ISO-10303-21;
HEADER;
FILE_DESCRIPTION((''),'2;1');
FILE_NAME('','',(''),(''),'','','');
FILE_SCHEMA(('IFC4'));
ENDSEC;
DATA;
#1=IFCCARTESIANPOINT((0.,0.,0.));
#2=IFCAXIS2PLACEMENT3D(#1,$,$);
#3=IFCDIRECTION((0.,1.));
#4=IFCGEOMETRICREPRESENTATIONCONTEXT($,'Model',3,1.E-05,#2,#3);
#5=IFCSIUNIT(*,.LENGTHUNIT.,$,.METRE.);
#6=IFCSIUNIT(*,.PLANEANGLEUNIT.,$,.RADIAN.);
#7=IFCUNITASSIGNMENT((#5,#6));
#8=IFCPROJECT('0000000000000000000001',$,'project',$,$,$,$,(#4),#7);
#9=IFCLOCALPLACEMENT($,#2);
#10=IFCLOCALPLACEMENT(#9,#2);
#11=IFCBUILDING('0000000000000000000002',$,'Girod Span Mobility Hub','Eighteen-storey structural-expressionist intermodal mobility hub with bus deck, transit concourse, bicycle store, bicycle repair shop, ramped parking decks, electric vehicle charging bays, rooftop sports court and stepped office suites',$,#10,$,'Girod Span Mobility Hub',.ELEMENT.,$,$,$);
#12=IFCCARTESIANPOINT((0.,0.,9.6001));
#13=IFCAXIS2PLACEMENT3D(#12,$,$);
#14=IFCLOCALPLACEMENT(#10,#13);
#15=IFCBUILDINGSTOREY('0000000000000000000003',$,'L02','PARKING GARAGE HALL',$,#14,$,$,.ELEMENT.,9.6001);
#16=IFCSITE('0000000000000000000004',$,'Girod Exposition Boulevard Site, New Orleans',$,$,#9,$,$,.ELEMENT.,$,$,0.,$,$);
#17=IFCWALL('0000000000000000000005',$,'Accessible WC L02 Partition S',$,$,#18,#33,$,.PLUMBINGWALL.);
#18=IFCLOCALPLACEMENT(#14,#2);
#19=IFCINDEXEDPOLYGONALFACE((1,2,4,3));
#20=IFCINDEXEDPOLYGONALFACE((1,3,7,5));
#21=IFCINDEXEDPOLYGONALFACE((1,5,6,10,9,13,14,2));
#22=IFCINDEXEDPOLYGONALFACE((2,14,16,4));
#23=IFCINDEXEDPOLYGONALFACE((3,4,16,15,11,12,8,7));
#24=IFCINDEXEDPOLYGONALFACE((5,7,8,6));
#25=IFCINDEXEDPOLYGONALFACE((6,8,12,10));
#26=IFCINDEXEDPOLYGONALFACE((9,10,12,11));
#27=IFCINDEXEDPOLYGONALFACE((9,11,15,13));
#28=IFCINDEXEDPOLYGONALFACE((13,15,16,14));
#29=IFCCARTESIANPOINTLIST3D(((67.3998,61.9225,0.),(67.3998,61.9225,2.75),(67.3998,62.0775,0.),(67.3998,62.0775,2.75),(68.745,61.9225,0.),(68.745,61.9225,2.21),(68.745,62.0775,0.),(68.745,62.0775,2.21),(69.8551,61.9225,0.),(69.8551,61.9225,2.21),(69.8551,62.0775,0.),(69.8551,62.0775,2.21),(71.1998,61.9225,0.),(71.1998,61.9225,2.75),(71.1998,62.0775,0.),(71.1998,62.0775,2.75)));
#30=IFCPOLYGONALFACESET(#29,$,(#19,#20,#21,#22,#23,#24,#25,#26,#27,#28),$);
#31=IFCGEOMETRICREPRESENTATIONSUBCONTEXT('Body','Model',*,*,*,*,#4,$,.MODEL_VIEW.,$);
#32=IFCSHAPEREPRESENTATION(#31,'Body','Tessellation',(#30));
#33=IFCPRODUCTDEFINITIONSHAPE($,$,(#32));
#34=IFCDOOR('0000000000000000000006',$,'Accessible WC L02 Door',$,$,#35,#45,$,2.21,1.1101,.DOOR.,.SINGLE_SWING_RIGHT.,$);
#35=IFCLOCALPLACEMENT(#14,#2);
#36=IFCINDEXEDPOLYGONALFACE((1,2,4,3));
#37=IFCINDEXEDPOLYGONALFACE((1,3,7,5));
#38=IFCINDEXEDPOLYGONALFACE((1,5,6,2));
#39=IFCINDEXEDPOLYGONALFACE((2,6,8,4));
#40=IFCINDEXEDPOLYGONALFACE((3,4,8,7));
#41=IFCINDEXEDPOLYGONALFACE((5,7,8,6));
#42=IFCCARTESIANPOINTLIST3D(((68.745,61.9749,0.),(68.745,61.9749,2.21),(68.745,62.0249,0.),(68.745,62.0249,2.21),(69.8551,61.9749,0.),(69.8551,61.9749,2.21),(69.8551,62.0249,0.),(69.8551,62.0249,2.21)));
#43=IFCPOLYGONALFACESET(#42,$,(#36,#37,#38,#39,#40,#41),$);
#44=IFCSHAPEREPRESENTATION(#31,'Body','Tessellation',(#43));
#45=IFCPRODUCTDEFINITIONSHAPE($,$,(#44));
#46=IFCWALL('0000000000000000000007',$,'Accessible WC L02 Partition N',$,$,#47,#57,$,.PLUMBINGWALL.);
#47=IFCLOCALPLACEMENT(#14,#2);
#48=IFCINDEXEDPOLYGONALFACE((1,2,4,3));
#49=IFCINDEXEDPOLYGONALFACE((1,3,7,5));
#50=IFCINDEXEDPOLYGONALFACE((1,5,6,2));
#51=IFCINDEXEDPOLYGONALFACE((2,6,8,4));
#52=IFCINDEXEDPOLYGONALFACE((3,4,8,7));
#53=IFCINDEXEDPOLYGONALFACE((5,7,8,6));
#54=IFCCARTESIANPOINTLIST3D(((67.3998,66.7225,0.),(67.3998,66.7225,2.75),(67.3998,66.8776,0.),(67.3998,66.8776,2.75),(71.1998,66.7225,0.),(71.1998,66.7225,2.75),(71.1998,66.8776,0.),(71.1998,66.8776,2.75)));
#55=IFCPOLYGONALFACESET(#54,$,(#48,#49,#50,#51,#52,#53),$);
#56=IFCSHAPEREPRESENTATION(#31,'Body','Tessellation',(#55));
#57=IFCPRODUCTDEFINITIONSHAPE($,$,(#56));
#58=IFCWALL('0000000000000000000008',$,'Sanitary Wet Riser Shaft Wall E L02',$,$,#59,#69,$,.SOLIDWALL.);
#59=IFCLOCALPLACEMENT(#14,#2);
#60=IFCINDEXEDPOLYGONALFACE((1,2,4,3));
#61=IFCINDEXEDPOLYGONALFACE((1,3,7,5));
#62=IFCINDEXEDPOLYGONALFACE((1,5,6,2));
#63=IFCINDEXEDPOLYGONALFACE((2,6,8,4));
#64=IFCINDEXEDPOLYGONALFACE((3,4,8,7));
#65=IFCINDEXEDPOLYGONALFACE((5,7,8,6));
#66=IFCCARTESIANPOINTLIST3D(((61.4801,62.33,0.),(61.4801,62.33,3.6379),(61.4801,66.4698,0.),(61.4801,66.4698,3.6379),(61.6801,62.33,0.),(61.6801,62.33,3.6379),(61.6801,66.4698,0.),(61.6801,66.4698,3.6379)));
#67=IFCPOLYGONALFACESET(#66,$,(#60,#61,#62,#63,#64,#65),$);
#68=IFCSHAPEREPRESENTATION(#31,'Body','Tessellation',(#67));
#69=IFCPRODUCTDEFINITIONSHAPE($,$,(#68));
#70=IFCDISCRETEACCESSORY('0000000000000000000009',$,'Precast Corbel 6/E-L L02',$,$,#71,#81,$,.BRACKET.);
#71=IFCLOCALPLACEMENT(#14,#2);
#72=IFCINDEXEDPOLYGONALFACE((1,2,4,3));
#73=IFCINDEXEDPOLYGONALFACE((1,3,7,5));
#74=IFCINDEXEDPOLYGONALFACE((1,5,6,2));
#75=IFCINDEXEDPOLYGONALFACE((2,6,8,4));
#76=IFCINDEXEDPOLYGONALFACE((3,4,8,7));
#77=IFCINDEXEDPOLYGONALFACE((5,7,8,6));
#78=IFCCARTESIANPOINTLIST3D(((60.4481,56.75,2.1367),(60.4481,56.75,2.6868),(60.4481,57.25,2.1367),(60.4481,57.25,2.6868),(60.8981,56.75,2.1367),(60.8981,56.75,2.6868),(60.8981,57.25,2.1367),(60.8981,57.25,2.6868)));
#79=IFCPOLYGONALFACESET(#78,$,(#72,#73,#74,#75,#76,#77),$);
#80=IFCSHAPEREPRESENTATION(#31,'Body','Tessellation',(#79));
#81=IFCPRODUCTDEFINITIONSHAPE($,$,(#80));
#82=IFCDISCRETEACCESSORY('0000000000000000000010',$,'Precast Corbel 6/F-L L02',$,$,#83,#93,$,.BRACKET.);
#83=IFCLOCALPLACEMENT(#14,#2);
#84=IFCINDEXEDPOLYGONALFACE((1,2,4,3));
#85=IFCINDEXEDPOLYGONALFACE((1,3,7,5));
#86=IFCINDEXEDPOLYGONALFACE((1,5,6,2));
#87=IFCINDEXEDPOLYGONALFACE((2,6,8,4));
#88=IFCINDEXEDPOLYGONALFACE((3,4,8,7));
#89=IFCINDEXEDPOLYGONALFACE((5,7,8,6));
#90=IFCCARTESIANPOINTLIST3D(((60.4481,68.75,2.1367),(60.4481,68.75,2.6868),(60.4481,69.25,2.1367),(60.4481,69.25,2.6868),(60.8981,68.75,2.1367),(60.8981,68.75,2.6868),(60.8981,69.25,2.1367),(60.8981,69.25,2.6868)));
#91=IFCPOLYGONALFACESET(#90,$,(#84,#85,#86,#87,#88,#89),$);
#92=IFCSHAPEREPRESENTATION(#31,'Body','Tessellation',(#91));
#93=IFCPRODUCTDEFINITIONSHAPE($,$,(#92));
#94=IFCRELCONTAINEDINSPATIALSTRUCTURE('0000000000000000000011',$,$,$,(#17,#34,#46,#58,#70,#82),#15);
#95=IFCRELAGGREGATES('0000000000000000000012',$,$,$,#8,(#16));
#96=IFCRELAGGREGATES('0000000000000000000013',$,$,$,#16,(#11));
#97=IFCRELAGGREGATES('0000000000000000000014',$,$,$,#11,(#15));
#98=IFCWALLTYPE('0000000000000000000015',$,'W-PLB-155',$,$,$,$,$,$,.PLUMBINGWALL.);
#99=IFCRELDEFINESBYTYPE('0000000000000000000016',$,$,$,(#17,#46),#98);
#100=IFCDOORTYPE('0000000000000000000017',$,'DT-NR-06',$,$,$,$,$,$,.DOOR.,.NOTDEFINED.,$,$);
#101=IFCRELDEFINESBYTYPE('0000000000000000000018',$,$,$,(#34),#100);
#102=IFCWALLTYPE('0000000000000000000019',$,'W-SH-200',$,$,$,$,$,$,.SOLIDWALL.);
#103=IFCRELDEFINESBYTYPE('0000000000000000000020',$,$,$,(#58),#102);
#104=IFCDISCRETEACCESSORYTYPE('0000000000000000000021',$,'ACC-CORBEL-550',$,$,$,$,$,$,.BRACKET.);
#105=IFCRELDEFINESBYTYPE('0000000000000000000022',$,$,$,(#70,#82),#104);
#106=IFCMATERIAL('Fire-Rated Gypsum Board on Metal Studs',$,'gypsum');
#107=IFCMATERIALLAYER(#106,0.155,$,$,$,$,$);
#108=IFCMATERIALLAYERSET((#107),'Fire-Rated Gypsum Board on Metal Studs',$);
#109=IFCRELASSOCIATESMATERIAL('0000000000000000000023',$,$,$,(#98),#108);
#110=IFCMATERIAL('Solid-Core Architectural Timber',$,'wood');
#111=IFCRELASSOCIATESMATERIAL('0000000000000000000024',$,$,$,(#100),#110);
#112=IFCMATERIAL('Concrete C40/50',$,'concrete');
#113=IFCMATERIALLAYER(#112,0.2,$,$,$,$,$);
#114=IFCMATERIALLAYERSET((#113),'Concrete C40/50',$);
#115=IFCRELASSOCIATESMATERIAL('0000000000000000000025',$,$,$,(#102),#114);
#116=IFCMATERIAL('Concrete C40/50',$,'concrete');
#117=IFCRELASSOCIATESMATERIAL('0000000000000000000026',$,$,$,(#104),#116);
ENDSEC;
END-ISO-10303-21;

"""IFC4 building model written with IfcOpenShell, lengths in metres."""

from ifc_helpers import new_model, si_unit, direction, frame, frame_2d, origin, origin_2d, place, context, subcontext, project, spatial, rectangle, extrude, material, layer, layer_set, type_object, element, fill, save


model = new_model("IFC4")

# Units and contexts
model_context = context("Model", 3, precision=1e-05, world=origin(), true_north=direction((0.0, 1.0)))
body_context = subcontext(model_context, "Body", "Model", "MODEL_VIEW")
ifc_project = project(units=[si_unit("LENGTHUNIT", "METRE"), si_unit("PLANEANGLEUNIT", "RADIAN")], contexts=[model_context])

# Site, building, storey
site_placement = place(None, origin())
site = spatial("IfcSite", under=ifc_project, at=site_placement, Name="Girod Exposition Boulevard Site, New Orleans", CompositionType="ELEMENT", RefElevation=0.0)
building_placement = place(site_placement, origin())
building = spatial("IfcBuilding", under=site, at=building_placement, Name="Girod Span Mobility Hub", Description="Eighteen-storey structural-expressionist intermodal mobility hub with bus deck, transit concourse, bicycle store, bicycle repair shop, ramped parking decks, electric vehicle charging bays, rooftop sports court and stepped office suites", LongName="Girod Span Mobility Hub", CompositionType="ELEMENT")
storey_placement = place(building_placement, frame((0.0, 0.0, 9.6001)))
storey = spatial("IfcBuildingStorey", under=building, at=storey_placement, Name="L02", Description="PARKING GARAGE HALL", CompositionType="ELEMENT", Elevation=9.6001)

# Shared definitions
ifc_material_1 = material(Name="Fire-Rated Gypsum Board on Metal Studs", Category="gypsum")
ifc_layer_1 = layer(ifc_material_1, 0.155)
ifc_layer_set_1 = layer_set([ifc_layer_1], Name="Fire-Rated Gypsum Board on Metal Studs")
wall_type_1 = type_object("IfcWallType", Name="W-PLB-155", PredefinedType="PLUMBINGWALL", material=ifc_layer_set_1)

# Wall, opening, door
wall_1_placement = place(storey_placement, frame((67.3999, 62.0, 0.0), z_axis=(0.0, 0.0, 1.0), x_axis=(1.0, 0.0, 0.0)))
wall_1 = element("IfcWall", 1, at=wall_1_placement, inside=storey, type_object=wall_type_1, Name="Accessible WC L02 Partition S", PredefinedType="PLUMBINGWALL", context=body_context, shape_type="SweptSolid", body=[
    extrude(rectangle(XDim=3.8, YDim=0.155, at=frame_2d((1.8999, 0.0))), origin(), (0.0, 0.0, 1.0), 2.75),
])
opening_1_placement = place(wall_1_placement, frame((1.345, 0.0, 0.0)))
opening_1 = element("IfcOpeningElement", 2, at=opening_1_placement, cuts=wall_1, PredefinedType="OPENING", context=body_context, shape_type="SweptSolid", body=[
    extrude(rectangle(XDim=1.1101, YDim=2.21, at=frame_2d((0.5552, 1.105))), frame((0.0, 0.0925, 0.0), z_axis=(0.0, -1.0, 0.0), x_axis=(1.0, 0.0, 0.0)), (0.0, 0.0, 1.0), 0.1851),
])
ifc_material_2 = material(Name="Solid-Core Architectural Timber", Category="wood")
door_type_1 = type_object("IfcDoorType", Name="DT-NR-06", OperationType="NOTDEFINED", PredefinedType="DOOR", material=ifc_material_2)
door_1_placement = place(opening_1_placement, origin())
door_1 = element("IfcDoor", 3, at=door_1_placement, inside=storey, type_object=door_type_1, Name="Accessible WC L02 Door", OperationType="SINGLE_SWING_RIGHT", OverallHeight=2.21, OverallWidth=1.1101, PredefinedType="DOOR", context=body_context, shape_type="SweptSolid", body=[
    extrude(rectangle(XDim=1.1101, YDim=2.21, at=frame_2d((0.5552, 1.105))), frame((0.0, 0.0249, 0.0), z_axis=(0.0, -1.0, 0.0), x_axis=(1.0, 0.0, 0.0)), (0.0, 0.0, 1.0), 0.05),
])
fill(opening_1, door_1)

# Walls
wall_2_placement = place(storey_placement, frame((67.3999, 66.8, 0.0), z_axis=(0.0, 0.0, 1.0), x_axis=(1.0, 0.0, 0.0)))
element("IfcWall", 4, at=wall_2_placement, inside=storey, type_object=wall_type_1, Name="Accessible WC L02 Partition N", PredefinedType="PLUMBINGWALL", context=body_context, shape_type="SweptSolid", body=[
    extrude(rectangle(XDim=3.8, YDim=0.155, at=frame_2d((1.8999, 0.0))), origin(), (0.0, 0.0, 1.0), 2.75),
])
ifc_material_3 = material(Name="Concrete C40/50", Category="concrete")
ifc_layer_2 = layer(ifc_material_3, 0.2)
ifc_layer_set_2 = layer_set([ifc_layer_2], Name="Concrete C40/50")
wall_type_2 = type_object("IfcWallType", Name="W-SH-200", PredefinedType="SOLIDWALL", material=ifc_layer_set_2)
wall_3_placement = place(storey_placement, frame((61.5801, 62.3301, 0.0), z_axis=(0.0, 0.0, 1.0), x_axis=(0.0, 1.0, 0.0)))
element("IfcWall", 5, at=wall_3_placement, inside=storey, type_object=wall_type_2, Name="Sanitary Wet Riser Shaft Wall E L02", PredefinedType="SOLIDWALL", context=body_context, shape_type="SweptSolid", body=[
    extrude(rectangle(XDim=4.1399, YDim=0.2, at=frame_2d((2.0698, 0.0))), origin(), (0.0, 0.0, 1.0), 3.6379),
])

# Discrete accessories
ifc_material_4 = material(Name="Concrete C40/50", Category="concrete")
discrete_accessory_type = type_object("IfcDiscreteAccessoryType", Name="ACC-CORBEL-550", PredefinedType="BRACKET", material=ifc_material_4)
for number, where, z_axis, x_axis, name in (
    (6, (60.6731, 57.0, 2.1367), (0.0, 0.0, 1.0), (1.0, 0.0, 0.0), "Precast Corbel 6/E-L L02"),
    (7, (60.6731, 69.0, 2.1367), (0.0, 0.0, 1.0), (1.0, 0.0, 0.0), "Precast Corbel 6/F-L L02"),
):
    element("IfcDiscreteAccessory", number, at=place(storey_placement, frame(where, z_axis=z_axis, x_axis=x_axis)), inside=storey, type_object=discrete_accessory_type, Name=name, PredefinedType="BRACKET", context=body_context, shape_type="SweptSolid", body=[
        extrude(rectangle(XDim=0.45, YDim=0.5, at=origin_2d()), origin(), (0.0, 0.0, 1.0), 0.55),
    ])

save(model, "model.ifc")
